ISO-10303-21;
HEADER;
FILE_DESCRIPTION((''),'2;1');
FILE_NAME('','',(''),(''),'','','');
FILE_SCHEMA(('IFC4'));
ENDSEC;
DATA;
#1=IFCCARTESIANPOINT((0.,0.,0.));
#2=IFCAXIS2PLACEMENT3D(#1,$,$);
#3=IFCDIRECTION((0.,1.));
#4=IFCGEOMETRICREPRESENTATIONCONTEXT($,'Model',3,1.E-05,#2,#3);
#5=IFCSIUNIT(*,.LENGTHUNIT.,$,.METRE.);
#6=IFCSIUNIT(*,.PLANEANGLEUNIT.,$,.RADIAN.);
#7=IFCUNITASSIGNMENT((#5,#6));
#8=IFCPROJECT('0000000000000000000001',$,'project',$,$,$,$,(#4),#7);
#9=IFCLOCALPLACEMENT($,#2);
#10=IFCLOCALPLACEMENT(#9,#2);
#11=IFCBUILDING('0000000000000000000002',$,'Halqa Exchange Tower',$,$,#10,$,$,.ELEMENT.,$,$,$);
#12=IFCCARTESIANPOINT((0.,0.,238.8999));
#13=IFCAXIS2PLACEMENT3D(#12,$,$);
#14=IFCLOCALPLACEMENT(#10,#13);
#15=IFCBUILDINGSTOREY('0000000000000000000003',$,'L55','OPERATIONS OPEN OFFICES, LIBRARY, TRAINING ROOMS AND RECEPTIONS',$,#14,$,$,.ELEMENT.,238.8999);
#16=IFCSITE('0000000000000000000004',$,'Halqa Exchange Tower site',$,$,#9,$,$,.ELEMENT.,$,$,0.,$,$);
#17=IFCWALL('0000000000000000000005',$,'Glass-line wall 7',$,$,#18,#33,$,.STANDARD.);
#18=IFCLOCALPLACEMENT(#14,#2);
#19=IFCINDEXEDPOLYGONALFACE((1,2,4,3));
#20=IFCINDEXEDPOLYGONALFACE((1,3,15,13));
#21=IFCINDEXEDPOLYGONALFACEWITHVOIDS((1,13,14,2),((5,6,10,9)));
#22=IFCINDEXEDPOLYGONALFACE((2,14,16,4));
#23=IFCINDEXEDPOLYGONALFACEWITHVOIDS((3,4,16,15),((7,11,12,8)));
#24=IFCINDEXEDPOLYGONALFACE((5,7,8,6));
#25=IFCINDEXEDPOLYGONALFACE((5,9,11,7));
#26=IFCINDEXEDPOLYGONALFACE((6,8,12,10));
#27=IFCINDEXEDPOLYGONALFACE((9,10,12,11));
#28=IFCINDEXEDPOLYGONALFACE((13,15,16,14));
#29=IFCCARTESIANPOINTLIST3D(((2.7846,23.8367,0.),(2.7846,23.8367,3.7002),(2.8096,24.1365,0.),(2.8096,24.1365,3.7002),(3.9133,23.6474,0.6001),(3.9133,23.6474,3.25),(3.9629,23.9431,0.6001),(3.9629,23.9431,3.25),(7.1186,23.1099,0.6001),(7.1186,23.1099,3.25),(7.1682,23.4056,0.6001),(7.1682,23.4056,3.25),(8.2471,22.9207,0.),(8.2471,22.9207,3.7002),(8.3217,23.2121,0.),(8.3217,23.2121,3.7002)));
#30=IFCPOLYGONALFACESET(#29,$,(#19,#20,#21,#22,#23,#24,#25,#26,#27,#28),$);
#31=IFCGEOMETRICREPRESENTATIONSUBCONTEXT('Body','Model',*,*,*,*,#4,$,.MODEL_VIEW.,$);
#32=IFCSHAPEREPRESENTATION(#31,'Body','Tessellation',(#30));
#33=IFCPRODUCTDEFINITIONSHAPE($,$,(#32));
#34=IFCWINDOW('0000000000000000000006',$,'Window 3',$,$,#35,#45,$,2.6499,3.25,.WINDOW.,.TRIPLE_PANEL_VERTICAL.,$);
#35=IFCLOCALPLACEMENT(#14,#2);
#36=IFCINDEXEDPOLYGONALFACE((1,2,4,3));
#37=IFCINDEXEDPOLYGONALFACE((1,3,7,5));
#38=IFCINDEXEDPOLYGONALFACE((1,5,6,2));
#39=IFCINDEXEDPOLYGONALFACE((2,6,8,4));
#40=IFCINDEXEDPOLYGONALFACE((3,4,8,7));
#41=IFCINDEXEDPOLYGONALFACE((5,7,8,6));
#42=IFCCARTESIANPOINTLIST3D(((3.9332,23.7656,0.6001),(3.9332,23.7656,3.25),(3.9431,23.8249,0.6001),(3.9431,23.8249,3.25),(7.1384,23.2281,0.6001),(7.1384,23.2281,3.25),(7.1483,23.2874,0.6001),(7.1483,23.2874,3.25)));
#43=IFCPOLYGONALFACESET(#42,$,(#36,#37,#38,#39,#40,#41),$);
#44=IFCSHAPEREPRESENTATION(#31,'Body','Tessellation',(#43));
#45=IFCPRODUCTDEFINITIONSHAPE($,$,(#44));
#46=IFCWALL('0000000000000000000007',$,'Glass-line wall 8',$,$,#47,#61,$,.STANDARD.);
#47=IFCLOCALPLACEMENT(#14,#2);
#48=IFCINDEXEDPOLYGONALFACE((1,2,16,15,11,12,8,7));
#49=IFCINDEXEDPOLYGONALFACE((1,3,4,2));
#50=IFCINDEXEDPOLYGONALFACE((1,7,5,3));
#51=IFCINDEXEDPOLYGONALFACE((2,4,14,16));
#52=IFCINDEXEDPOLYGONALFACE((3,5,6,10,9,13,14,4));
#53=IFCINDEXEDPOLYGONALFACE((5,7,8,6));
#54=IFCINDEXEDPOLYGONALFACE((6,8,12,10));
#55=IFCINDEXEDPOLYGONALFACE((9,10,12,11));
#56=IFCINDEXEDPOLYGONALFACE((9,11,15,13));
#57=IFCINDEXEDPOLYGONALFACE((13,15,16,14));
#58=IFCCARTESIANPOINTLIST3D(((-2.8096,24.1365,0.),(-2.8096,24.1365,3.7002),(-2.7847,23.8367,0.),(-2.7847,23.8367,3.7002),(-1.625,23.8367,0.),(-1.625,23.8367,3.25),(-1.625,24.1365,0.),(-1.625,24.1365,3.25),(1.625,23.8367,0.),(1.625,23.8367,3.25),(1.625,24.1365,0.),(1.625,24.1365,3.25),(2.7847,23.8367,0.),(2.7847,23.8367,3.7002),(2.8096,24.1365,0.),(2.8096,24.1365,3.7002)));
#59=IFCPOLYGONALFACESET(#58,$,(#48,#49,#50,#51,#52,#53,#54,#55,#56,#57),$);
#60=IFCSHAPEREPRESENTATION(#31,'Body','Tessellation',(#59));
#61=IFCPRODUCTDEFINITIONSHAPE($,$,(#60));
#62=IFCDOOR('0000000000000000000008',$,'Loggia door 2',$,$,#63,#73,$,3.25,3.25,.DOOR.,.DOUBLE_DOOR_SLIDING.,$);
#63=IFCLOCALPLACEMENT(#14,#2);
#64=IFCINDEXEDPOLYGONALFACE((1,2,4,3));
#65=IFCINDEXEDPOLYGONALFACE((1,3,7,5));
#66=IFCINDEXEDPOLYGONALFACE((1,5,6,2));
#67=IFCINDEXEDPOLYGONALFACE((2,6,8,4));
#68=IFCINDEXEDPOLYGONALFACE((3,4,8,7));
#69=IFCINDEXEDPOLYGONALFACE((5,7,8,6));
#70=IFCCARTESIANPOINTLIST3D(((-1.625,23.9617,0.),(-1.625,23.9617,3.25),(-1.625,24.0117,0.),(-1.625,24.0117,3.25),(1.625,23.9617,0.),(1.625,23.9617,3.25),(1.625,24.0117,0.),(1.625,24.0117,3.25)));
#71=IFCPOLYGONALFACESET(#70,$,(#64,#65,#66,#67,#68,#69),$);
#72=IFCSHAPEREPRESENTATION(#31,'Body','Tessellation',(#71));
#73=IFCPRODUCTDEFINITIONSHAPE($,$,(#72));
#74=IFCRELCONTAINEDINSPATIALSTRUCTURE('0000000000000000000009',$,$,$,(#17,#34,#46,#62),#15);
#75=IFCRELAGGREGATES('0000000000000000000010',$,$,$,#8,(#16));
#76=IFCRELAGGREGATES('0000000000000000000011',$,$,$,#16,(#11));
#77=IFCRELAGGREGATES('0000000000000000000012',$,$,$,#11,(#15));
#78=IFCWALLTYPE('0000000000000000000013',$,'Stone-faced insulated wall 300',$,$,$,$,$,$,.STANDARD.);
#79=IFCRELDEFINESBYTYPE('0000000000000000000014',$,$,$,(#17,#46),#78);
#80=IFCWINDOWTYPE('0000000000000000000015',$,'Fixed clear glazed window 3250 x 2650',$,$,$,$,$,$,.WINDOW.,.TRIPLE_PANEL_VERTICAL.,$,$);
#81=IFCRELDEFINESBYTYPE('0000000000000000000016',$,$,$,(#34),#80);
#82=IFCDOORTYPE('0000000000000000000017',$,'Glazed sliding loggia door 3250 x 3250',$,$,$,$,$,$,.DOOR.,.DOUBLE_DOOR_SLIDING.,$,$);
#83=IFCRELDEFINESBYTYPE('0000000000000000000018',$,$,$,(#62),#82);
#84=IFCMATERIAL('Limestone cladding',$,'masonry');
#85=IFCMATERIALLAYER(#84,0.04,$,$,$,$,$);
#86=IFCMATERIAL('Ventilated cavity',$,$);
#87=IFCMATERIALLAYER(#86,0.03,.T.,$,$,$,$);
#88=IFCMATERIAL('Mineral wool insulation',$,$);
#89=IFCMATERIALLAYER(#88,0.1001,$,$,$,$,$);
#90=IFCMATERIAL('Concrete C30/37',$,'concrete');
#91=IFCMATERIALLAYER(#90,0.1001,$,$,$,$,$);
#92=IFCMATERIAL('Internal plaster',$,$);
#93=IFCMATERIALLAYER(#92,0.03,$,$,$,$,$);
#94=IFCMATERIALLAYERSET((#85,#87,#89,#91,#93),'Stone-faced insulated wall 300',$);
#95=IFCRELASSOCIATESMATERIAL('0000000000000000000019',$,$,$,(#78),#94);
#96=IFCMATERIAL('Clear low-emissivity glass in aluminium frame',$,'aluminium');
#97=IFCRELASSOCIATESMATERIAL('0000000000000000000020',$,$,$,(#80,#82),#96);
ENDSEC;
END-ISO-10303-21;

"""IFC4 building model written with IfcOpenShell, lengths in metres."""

from ifc_helpers import new_model, si_unit, direction, frame, frame_2d, origin, place, context, subcontext, project, spatial, polyline, rectangle, outline, extrude, material, layer, layer_set, type_object, element, fill, save


model = new_model("IFC4")

# Units and contexts
model_context = context("Model", 3, precision=1e-05, world=origin(), true_north=direction((0.0, 1.0)))
body_context = subcontext(model_context, "Body", "Model", "MODEL_VIEW")
ifc_project = project(units=[si_unit("LENGTHUNIT", "METRE"), si_unit("PLANEANGLEUNIT", "RADIAN")], contexts=[model_context])

# Site, building, storey
site_placement = place(None, origin())
site = spatial("IfcSite", under=ifc_project, at=site_placement, Name="Halqa Exchange Tower site", CompositionType="ELEMENT", RefElevation=0.0)
building_placement = place(site_placement, origin())
building = spatial("IfcBuilding", under=site, at=building_placement, Name="Halqa Exchange Tower", CompositionType="ELEMENT")
storey_placement = place(building_placement, frame((0.0, 0.0, 238.8999)))
storey = spatial("IfcBuildingStorey", under=building, at=storey_placement, Name="L55", Description="OPERATIONS OPEN OFFICES, LIBRARY, TRAINING ROOMS AND RECEPTIONS", CompositionType="ELEMENT", Elevation=238.8999)

# Shared definitions
ifc_material_1 = material(Name="Concrete C30/37", Category="concrete")

# Wall, opening, window
ifc_material_2 = material(Name="Limestone cladding", Category="masonry")
ifc_layer_1 = layer(ifc_material_2, 0.04)
ifc_material_3 = material(Name="Ventilated cavity")
ifc_layer_2 = layer(ifc_material_3, 0.03, ventilated=True)
ifc_material_4 = material(Name="Mineral wool insulation")
ifc_layer_3 = layer(ifc_material_4, 0.1001)
ifc_layer_4 = layer(ifc_material_1, 0.1001)
ifc_material_5 = material(Name="Internal plaster")
ifc_layer_5 = layer(ifc_material_5, 0.03)
ifc_layer_set_1 = layer_set([ifc_layer_1, ifc_layer_2, ifc_layer_3, ifc_layer_4, ifc_layer_5], Name="Stone-faced insulated wall 300")
wall_type_1 = type_object("IfcWallType", Name="Stone-faced insulated wall 300", PredefinedType="STANDARD", material=ifc_layer_set_1)
wall_1_placement = place(storey_placement, frame((8.2844, 23.0664, 0.0), z_axis=(0.0, 0.0, 1.0), x_axis=(-0.98623, 0.165381, 0.0)))
wall_1 = element("IfcWall", 1, at=wall_1_placement, inside=storey, type_object=wall_type_1, Name="Glass-line wall 7", PredefinedType="STANDARD", context=body_context, shape_type="SweptSolid", body=[
    extrude(outline(polyline([(-0.0127, -0.1499), (5.5764, -0.1499), (5.5515, 0.1499), (0.0127, 0.1499), (-0.0127, -0.1499)])), origin(), (0.0, 0.0, 1.0), 3.7002),
])
opening_1_placement = place(wall_1_placement, frame((1.157, 0.0, 0.6001)))
opening_1 = element("IfcOpeningElement", 2, at=opening_1_placement, cuts=wall_1, PredefinedType="OPENING", context=body_context, shape_type="SweptSolid", body=[
    extrude(rectangle(XDim=3.25, YDim=2.6499, at=frame_2d((1.625, 1.325))), frame((0.0, 0.1621, 0.0), z_axis=(0.0, -1.0, 0.0), x_axis=(1.0, 0.0, 0.0)), (0.0, 0.0, 1.0), 0.324),
])
ifc_material_6 = material(Name="Clear low-emissivity glass in aluminium frame", Category="aluminium")
window_type = type_object("IfcWindowType", Name="Fixed clear glazed window 3250 x 2650", PartitioningType="TRIPLE_PANEL_VERTICAL", PredefinedType="WINDOW", material=ifc_material_6)
window_placement = place(opening_1_placement, origin())
window = element("IfcWindow", 3, at=window_placement, inside=storey, type_object=window_type, Name="Window 3", OverallHeight=2.6499, OverallWidth=3.25, PartitioningType="TRIPLE_PANEL_VERTICAL", PredefinedType="WINDOW", context=body_context, shape_type="SweptSolid", body=[
    extrude(rectangle(XDim=3.25, YDim=2.6499, at=frame_2d((1.625, 1.325))), frame((0.0, 0.03, 0.0), z_axis=(0.0, -1.0, 0.0), x_axis=(1.0, 0.0, 0.0)), (0.0, 0.0, 1.0), 0.0601),
])
fill(opening_1, window)

# Wall, opening, door
wall_2_placement = place(storey_placement, frame((2.7971, 23.9866, 0.0), z_axis=(0.0, 0.0, 1.0), x_axis=(-1.0, 0.0, 0.0)))
wall_2 = element("IfcWall", 4, at=wall_2_placement, inside=storey, type_object=wall_type_1, Name="Glass-line wall 8", PredefinedType="STANDARD", context=body_context, shape_type="SweptSolid", body=[
    extrude(outline(polyline([(-0.0125, -0.1499), (5.6067, -0.1499), (5.5818, 0.1499), (0.0125, 0.1499), (-0.0125, -0.1499)])), origin(), (0.0, 0.0, 1.0), 3.7002),
])
opening_2_placement = place(wall_2_placement, frame((1.1721, 0.0, 0.0)))
opening_2 = element("IfcOpeningElement", 5, at=opening_2_placement, cuts=wall_2, PredefinedType="OPENING", context=body_context, shape_type="SweptSolid", body=[
    extrude(rectangle(XDim=3.25, YDim=3.25, at=frame_2d((1.625, 1.625))), frame((0.0, 0.1621, 0.0), z_axis=(0.0, -1.0, 0.0), x_axis=(1.0, 0.0, 0.0)), (0.0, 0.0, 1.0), 0.324),
])
door_type_1 = type_object("IfcDoorType", Name="Glazed sliding loggia door 3250 x 3250", OperationType="DOUBLE_DOOR_SLIDING", PredefinedType="DOOR", material=ifc_material_6)
door_1_placement = place(opening_2_placement, origin())
door_1 = element("IfcDoor", 6, at=door_1_placement, inside=storey, type_object=door_type_1, Name="Loggia door 2", OperationType="DOUBLE_DOOR_SLIDING", OverallHeight=3.25, OverallWidth=3.25, PredefinedType="DOOR", context=body_context, shape_type="SweptSolid", body=[
    extrude(rectangle(XDim=3.25, YDim=3.25, at=frame_2d((1.625, 1.625))), frame((0.0, 0.0249, 0.0), z_axis=(0.0, -1.0, 0.0), x_axis=(1.0, 0.0, 0.0)), (0.0, 0.0, 1.0), 0.05),
])
fill(opening_2, door_1)

save(model, "model.ifc")
